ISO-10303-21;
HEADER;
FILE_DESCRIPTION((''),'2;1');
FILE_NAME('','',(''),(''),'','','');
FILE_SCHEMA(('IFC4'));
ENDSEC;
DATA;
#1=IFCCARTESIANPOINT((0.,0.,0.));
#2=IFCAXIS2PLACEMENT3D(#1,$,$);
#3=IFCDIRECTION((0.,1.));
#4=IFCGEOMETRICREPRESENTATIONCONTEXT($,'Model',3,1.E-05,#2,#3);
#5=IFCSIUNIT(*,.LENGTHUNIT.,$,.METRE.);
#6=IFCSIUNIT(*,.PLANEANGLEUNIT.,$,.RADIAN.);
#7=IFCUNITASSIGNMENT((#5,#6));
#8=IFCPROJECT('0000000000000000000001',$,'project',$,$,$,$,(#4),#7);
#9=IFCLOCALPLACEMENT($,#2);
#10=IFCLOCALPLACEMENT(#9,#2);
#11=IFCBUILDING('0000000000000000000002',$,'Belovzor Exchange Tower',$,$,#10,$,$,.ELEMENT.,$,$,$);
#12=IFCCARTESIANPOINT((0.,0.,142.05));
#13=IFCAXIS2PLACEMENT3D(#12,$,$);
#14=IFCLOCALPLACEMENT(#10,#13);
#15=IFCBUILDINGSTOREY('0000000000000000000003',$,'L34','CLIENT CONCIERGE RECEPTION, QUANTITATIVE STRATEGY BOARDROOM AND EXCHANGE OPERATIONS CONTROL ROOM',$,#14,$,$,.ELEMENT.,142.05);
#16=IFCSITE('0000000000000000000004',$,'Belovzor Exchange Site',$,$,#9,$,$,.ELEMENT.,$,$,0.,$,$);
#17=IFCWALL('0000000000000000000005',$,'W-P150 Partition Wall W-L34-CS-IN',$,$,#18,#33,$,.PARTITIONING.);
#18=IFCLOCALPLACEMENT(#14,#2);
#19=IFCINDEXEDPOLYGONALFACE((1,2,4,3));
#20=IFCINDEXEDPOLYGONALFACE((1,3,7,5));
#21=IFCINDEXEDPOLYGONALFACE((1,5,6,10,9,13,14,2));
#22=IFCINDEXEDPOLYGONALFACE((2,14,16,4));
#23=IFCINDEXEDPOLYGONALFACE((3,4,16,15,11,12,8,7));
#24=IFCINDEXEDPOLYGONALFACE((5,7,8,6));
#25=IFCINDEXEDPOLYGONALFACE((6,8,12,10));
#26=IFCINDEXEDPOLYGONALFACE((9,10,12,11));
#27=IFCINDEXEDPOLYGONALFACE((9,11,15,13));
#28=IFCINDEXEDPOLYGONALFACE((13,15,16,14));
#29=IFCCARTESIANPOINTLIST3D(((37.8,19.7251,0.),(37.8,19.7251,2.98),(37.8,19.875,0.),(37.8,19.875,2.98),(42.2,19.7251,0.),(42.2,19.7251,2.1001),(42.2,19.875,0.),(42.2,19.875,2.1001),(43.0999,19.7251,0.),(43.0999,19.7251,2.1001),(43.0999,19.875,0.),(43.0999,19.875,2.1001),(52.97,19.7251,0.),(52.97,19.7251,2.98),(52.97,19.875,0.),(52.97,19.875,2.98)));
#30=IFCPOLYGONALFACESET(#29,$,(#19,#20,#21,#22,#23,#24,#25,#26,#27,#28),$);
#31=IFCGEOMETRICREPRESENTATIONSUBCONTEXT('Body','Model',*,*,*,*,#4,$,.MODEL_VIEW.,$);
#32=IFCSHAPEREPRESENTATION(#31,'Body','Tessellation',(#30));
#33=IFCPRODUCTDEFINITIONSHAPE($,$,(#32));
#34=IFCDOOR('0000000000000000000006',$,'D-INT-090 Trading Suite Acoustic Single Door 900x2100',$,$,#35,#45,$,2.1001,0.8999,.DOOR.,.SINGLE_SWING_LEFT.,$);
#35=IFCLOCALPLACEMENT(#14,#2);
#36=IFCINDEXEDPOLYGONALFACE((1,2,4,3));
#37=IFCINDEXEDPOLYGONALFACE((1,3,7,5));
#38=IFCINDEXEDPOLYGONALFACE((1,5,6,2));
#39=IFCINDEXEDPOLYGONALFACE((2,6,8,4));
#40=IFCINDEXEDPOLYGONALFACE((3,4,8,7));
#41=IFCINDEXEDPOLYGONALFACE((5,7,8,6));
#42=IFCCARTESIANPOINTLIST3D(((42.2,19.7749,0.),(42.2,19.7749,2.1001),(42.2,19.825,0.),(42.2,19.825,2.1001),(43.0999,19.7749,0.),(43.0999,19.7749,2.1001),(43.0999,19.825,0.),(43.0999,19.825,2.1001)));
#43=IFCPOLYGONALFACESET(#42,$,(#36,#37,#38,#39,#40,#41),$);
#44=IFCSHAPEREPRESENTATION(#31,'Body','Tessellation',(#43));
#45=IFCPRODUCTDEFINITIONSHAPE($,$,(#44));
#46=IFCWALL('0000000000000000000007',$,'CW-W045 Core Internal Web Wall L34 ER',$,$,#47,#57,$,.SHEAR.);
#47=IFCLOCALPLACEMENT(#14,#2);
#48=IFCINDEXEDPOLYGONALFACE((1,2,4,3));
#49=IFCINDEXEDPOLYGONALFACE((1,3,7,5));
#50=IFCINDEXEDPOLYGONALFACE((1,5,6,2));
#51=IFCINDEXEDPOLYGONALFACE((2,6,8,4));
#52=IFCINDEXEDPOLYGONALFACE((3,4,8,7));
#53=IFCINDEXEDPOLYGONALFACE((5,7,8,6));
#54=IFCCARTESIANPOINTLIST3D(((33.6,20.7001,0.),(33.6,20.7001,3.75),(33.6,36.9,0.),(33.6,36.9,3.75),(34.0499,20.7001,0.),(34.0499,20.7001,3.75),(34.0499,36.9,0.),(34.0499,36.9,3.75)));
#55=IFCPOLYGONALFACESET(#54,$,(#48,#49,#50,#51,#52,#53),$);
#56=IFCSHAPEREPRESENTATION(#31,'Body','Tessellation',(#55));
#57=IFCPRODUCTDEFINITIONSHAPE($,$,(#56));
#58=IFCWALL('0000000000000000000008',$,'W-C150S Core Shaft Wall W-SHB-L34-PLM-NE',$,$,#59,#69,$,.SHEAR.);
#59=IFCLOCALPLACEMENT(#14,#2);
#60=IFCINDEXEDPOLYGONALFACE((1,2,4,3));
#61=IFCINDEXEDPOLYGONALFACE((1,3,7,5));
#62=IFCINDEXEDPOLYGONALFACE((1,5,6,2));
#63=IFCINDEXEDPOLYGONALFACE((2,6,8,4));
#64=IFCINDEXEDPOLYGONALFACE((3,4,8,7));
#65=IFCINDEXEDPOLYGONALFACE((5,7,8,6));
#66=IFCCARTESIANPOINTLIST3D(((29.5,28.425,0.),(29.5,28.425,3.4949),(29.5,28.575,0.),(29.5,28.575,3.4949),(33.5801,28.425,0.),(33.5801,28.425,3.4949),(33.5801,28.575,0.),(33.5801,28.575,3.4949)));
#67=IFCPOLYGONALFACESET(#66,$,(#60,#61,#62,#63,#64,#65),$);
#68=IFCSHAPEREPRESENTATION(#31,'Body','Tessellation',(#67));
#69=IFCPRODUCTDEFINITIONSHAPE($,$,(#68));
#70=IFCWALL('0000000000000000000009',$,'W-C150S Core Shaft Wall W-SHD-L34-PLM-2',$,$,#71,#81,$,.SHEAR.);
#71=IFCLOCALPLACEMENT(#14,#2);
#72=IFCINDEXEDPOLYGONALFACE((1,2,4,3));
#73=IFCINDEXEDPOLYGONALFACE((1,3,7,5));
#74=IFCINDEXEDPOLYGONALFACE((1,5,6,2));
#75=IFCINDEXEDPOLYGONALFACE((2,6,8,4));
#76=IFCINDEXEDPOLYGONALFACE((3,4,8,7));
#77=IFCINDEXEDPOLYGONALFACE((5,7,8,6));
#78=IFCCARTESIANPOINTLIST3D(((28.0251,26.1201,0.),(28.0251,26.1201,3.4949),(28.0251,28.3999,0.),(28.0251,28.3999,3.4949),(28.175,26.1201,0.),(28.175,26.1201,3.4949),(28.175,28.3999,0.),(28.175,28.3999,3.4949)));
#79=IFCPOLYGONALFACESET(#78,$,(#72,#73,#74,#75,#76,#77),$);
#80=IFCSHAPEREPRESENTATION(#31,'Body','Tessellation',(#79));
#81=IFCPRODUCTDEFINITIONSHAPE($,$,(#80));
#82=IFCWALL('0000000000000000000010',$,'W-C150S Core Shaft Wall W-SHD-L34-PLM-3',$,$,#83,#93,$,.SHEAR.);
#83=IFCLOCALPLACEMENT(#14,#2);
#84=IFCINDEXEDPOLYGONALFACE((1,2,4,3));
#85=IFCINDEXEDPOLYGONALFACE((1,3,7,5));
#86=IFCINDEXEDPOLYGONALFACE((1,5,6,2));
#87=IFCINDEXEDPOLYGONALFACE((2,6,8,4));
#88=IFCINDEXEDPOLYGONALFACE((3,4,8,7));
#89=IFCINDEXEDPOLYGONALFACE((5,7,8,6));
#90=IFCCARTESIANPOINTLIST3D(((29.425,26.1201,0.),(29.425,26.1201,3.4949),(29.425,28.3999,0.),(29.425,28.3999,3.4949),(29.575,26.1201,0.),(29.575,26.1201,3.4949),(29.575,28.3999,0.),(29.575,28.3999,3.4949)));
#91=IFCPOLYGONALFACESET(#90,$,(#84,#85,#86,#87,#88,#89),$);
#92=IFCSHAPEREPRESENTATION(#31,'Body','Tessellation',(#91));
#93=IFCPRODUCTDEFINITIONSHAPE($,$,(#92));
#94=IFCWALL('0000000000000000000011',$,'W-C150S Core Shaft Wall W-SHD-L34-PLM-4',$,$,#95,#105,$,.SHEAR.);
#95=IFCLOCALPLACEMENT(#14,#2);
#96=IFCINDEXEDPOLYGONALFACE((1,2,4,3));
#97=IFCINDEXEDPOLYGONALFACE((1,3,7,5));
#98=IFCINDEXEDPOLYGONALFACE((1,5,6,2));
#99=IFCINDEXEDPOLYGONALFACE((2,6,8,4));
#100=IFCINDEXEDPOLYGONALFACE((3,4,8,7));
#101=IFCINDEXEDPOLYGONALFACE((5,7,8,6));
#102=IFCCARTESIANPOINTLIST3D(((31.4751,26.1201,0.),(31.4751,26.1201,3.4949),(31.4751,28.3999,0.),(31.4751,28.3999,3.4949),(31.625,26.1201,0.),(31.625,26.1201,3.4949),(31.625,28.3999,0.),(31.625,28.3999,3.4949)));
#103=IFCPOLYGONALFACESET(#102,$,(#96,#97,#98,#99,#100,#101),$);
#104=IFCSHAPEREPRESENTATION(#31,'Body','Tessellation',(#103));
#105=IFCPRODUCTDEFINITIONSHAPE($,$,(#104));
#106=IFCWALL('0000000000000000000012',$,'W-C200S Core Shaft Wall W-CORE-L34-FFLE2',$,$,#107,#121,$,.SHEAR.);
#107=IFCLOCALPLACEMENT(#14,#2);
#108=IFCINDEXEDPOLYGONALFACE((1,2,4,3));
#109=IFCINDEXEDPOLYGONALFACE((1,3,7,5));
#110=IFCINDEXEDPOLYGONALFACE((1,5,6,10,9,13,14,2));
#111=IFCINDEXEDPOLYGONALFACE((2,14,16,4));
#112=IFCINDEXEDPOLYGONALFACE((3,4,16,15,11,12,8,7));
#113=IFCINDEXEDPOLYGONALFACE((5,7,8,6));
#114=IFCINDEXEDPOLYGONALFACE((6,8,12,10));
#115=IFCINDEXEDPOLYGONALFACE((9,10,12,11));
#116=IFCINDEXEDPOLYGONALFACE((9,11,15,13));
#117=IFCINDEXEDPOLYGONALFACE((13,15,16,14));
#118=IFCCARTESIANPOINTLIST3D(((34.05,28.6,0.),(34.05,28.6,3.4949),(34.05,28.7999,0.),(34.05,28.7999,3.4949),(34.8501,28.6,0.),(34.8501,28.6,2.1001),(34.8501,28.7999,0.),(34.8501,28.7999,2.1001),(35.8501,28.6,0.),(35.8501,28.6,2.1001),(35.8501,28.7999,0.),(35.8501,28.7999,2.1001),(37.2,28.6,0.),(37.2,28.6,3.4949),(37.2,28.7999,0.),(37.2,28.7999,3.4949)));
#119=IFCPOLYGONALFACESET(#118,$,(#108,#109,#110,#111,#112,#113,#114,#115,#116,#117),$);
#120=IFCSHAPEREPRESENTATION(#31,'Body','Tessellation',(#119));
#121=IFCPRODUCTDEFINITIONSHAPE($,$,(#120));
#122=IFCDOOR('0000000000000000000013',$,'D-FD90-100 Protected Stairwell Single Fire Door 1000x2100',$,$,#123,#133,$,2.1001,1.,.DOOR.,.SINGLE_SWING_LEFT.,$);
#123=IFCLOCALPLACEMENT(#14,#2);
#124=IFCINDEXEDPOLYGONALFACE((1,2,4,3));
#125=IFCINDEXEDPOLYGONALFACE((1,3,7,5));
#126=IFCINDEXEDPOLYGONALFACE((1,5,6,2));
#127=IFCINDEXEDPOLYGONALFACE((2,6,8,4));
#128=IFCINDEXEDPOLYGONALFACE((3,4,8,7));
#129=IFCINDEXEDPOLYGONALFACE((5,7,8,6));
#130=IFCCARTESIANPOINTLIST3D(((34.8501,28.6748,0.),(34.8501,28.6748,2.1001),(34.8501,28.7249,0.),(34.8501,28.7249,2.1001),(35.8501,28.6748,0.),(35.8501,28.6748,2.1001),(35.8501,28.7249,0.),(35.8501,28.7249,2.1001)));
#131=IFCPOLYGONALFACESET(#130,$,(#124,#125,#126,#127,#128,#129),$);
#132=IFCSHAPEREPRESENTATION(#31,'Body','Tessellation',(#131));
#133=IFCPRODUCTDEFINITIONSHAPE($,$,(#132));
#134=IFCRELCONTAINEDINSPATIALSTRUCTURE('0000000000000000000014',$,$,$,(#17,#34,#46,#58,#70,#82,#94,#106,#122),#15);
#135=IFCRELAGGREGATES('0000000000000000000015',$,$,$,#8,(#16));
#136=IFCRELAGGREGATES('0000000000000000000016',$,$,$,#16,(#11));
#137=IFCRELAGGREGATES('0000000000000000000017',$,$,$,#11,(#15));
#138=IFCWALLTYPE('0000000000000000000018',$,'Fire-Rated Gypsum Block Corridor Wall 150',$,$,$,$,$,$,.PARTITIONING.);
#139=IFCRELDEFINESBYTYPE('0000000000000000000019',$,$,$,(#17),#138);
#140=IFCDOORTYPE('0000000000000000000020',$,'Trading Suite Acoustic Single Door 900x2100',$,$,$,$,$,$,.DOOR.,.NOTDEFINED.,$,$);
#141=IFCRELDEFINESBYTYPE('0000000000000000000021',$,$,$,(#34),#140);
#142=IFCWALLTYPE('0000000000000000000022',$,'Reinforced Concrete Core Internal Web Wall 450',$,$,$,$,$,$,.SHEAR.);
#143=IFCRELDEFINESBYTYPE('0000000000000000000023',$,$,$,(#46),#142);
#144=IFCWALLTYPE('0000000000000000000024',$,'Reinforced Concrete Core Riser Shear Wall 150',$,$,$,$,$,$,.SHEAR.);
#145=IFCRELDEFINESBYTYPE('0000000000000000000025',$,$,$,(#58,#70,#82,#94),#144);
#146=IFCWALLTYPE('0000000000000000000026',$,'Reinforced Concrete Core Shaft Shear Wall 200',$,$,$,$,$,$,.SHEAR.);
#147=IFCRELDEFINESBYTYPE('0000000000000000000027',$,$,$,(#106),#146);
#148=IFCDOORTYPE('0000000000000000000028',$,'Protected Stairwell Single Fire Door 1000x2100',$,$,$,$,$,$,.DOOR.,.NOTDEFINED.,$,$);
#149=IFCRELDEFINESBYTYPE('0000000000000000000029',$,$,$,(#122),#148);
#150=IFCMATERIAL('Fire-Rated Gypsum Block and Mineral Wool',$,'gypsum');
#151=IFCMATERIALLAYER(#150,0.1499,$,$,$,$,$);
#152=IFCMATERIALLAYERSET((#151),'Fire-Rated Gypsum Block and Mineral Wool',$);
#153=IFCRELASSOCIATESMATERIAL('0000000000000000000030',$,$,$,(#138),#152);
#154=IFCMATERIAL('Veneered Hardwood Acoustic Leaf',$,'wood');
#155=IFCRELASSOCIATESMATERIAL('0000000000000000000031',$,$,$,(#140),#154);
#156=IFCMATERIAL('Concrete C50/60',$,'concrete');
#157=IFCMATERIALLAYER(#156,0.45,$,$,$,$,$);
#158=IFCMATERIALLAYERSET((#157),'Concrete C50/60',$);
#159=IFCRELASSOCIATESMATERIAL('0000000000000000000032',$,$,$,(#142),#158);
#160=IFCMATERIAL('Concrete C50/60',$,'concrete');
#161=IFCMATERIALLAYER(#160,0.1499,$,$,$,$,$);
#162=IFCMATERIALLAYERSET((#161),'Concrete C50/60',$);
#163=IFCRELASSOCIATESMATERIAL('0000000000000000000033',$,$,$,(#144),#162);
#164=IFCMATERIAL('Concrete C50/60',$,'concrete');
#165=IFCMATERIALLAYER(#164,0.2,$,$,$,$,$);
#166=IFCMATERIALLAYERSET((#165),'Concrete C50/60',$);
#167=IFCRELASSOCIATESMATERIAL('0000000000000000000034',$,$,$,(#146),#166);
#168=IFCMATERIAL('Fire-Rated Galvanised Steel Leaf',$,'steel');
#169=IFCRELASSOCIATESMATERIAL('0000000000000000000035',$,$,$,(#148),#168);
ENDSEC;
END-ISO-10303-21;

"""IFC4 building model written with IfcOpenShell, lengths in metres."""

from ifc_helpers import new_model, si_unit, direction, frame, frame_2d, origin, place, context, subcontext, project, spatial, rectangle, extrude, material, layer, layer_set, type_object, element, fill, save


model = new_model("IFC4")

# Units and contexts
model_context = context("Model", 3, precision=1e-05, world=origin(), true_north=direction((0.0, 1.0)))
body_context = subcontext(model_context, "Body", "Model", "MODEL_VIEW")
ifc_project = project(units=[si_unit("LENGTHUNIT", "METRE"), si_unit("PLANEANGLEUNIT", "RADIAN")], contexts=[model_context])

# Site, building, storey
site_placement = place(None, origin())
site = spatial("IfcSite", under=ifc_project, at=site_placement, Name="Belovzor Exchange Site", CompositionType="ELEMENT", RefElevation=0.0)
building_placement = place(site_placement, origin())
building = spatial("IfcBuilding", under=site, at=building_placement, Name="Belovzor Exchange Tower", CompositionType="ELEMENT")
storey_placement = place(building_placement, frame((0.0, 0.0, 142.05)))
storey = spatial("IfcBuildingStorey", under=building, at=storey_placement, Name="L34", Description="CLIENT CONCIERGE RECEPTION, QUANTITATIVE STRATEGY BOARDROOM AND EXCHANGE OPERATIONS CONTROL ROOM", CompositionType="ELEMENT", Elevation=142.05)

# Shared definitions
ifc_material_1 = material(Name="Fire-Rated Gypsum Block and Mineral Wool", Category="gypsum")
ifc_layer_1 = layer(ifc_material_1, 0.1499)
ifc_layer_set_1 = layer_set([ifc_layer_1], Name="Fire-Rated Gypsum Block and Mineral Wool")
wall_type_1 = type_object("IfcWallType", Name="Fire-Rated Gypsum Block Corridor Wall 150", PredefinedType="PARTITIONING", material=ifc_layer_set_1)

# Wall, opening, door
wall_1_placement = place(storey_placement, frame((37.8, 19.8, 0.0), z_axis=(0.0, 0.0, 1.0), x_axis=(1.0, 0.0, 0.0)))
wall_1 = element("IfcWall", 1, at=wall_1_placement, inside=storey, type_object=wall_type_1, Name="W-P150 Partition Wall W-L34-CS-IN", PredefinedType="PARTITIONING", context=body_context, shape_type="SweptSolid", body=[
    extrude(rectangle(XDim=15.1699, YDim=0.1499, at=frame_2d((7.585, 0.0))), origin(), (0.0, 0.0, 1.0), 2.98),
])
opening_1_placement = place(wall_1_placement, frame((4.3999, 0.0, 0.0)))
opening_1 = element("IfcOpeningElement", 2, at=opening_1_placement, cuts=wall_1, PredefinedType="OPENING", context=body_context, shape_type="SweptSolid", body=[
    extrude(rectangle(XDim=0.8999, YDim=2.1001, at=frame_2d((0.45, 1.05))), frame((0.0, 0.085, 0.0), z_axis=(0.0, -1.0, 0.0), x_axis=(1.0, 0.0, 0.0)), (0.0, 0.0, 1.0), 0.1699),
])
ifc_material_2 = material(Name="Veneered Hardwood Acoustic Leaf", Category="wood")
door_type_1 = type_object("IfcDoorType", Name="Trading Suite Acoustic Single Door 900x2100", OperationType="NOTDEFINED", PredefinedType="DOOR", material=ifc_material_2)
door_1_placement = place(opening_1_placement, origin())
door_1 = element("IfcDoor", 3, at=door_1_placement, inside=storey, type_object=door_type_1, Name="D-INT-090 Trading Suite Acoustic Single Door 900x2100", OperationType="SINGLE_SWING_LEFT", OverallHeight=2.1001, OverallWidth=0.8999, PredefinedType="DOOR", context=body_context, shape_type="SweptSolid", body=[
    extrude(rectangle(XDim=0.8999, YDim=2.1001, at=frame_2d((0.45, 1.05))), frame((0.0, 0.0249, 0.0), z_axis=(0.0, -1.0, 0.0), x_axis=(1.0, 0.0, 0.0)), (0.0, 0.0, 1.0), 0.05),
])
fill(opening_1, door_1)

# Walls
ifc_material_3 = material(Name="Concrete C50/60", Category="concrete")
ifc_layer_2 = layer(ifc_material_3, 0.45)
ifc_layer_set_2 = layer_set([ifc_layer_2], Name="Concrete C50/60")
wall_type_2 = type_object("IfcWallType", Name="Reinforced Concrete Core Internal Web Wall 450", PredefinedType="SHEAR", material=ifc_layer_set_2)
wall_2_placement = place(storey_placement, frame((33.825, 20.7, 0.0), z_axis=(0.0, 0.0, 1.0), x_axis=(0.0, 1.0, 0.0)))
element("IfcWall", 4, at=wall_2_placement, inside=storey, type_object=wall_type_2, Name="CW-W045 Core Internal Web Wall L34 ER", PredefinedType="SHEAR", context=body_context, shape_type="SweptSolid", body=[
    extrude(rectangle(XDim=16.2, YDim=0.45, at=frame_2d((8.1001, 0.0))), origin(), (0.0, 0.0, 1.0), 3.75),
])
ifc_material_4 = material(Name="Concrete C50/60", Category="concrete")
ifc_layer_3 = layer(ifc_material_4, 0.1499)
ifc_layer_set_3 = layer_set([ifc_layer_3], Name="Concrete C50/60")
wall_type_3 = type_object("IfcWallType", Name="Reinforced Concrete Core Riser Shear Wall 150", PredefinedType="SHEAR", material=ifc_layer_set_3)
wall_3_placement = place(storey_placement, frame((29.5, 28.5, 0.0), z_axis=(0.0, 0.0, 1.0), x_axis=(1.0, 0.0, 0.0)))
element("IfcWall", 5, at=wall_3_placement, inside=storey, type_object=wall_type_3, Name="W-C150S Core Shaft Wall W-SHB-L34-PLM-NE", PredefinedType="SHEAR", context=body_context, shape_type="SweptSolid", body=[
    extrude(rectangle(XDim=4.0801, YDim=0.1499, at=frame_2d((2.04, 0.0))), origin(), (0.0, 0.0, 1.0), 3.4949),
])
for number, where, z_axis, x_axis, name in (
    (6, (28.1001, 26.1201, 0.0), (0.0, 0.0, 1.0), (0.0, 1.0, 0.0), "W-C150S Core Shaft Wall W-SHD-L34-PLM-2"),
    (7, (29.5, 26.1201, 0.0), (0.0, 0.0, 1.0), (0.0, 1.0, 0.0), "W-C150S Core Shaft Wall W-SHD-L34-PLM-3"),
    (8, (31.55, 26.1201, 0.0), (0.0, 0.0, 1.0), (0.0, 1.0, 0.0), "W-C150S Core Shaft Wall W-SHD-L34-PLM-4"),
):
    element("IfcWall", number, at=place(storey_placement, frame(where, z_axis=z_axis, x_axis=x_axis)), inside=storey, type_object=wall_type_3, Name=name, PredefinedType="SHEAR", context=body_context, shape_type="SweptSolid", body=[
        extrude(rectangle(XDim=2.2798, YDim=0.1499, at=frame_2d((1.1399, 0.0))), origin(), (0.0, 0.0, 1.0), 3.4949),
    ])

# Wall, opening, door
ifc_material_5 = material(Name="Concrete C50/60", Category="concrete")
ifc_layer_4 = layer(ifc_material_5, 0.2)
ifc_layer_set_4 = layer_set([ifc_layer_4], Name="Concrete C50/60")
wall_type_4 = type_object("IfcWallType", Name="Reinforced Concrete Core Shaft Shear Wall 200", PredefinedType="SHEAR", material=ifc_layer_set_4)
wall_4_placement = place(storey_placement, frame((34.05, 28.7, 0.0), z_axis=(0.0, 0.0, 1.0), x_axis=(1.0, 0.0, 0.0)))
wall_4 = element("IfcWall", 9, at=wall_4_placement, inside=storey, type_object=wall_type_4, Name="W-C200S Core Shaft Wall W-CORE-L34-FFLE2", PredefinedType="SHEAR", context=body_context, shape_type="SweptSolid", body=[
    extrude(rectangle(XDim=3.1499, YDim=0.2, at=frame_2d((1.575, 0.0))), origin(), (0.0, 0.0, 1.0), 3.4949),
])
opening_2_placement = place(wall_4_placement, frame((0.8, 0.0, 0.0)))
opening_2 = element("IfcOpeningElement", 10, at=opening_2_placement, cuts=wall_4, PredefinedType="OPENING", context=body_context, shape_type="SweptSolid", body=[
    extrude(rectangle(XDim=1.0, YDim=2.1001, at=frame_2d((0.5, 1.05))), frame((0.0, 0.1099, 0.0), z_axis=(0.0, -1.0, 0.0), x_axis=(1.0, 0.0, 0.0)), (0.0, 0.0, 1.0), 0.22),
])
ifc_material_6 = material(Name="Fire-Rated Galvanised Steel Leaf", Category="steel")
door_type_2 = type_object("IfcDoorType", Name="Protected Stairwell Single Fire Door 1000x2100", OperationType="NOTDEFINED", PredefinedType="DOOR", material=ifc_material_6)
door_2_placement = place(opening_2_placement, origin())
door_2 = element("IfcDoor", 11, at=door_2_placement, inside=storey, type_object=door_type_2, Name="D-FD90-100 Protected Stairwell Single Fire Door 1000x2100", OperationType="SINGLE_SWING_LEFT", OverallHeight=2.1001, OverallWidth=1.0, PredefinedType="DOOR", context=body_context, shape_type="SweptSolid", body=[
    extrude(rectangle(XDim=1.0, YDim=2.1001, at=frame_2d((0.5, 1.05))), frame((0.0, 0.0249, 0.0), z_axis=(0.0, -1.0, 0.0), x_axis=(1.0, 0.0, 0.0)), (0.0, 0.0, 1.0), 0.05),
])
fill(opening_2, door_2)

save(model, "model.ifc")
